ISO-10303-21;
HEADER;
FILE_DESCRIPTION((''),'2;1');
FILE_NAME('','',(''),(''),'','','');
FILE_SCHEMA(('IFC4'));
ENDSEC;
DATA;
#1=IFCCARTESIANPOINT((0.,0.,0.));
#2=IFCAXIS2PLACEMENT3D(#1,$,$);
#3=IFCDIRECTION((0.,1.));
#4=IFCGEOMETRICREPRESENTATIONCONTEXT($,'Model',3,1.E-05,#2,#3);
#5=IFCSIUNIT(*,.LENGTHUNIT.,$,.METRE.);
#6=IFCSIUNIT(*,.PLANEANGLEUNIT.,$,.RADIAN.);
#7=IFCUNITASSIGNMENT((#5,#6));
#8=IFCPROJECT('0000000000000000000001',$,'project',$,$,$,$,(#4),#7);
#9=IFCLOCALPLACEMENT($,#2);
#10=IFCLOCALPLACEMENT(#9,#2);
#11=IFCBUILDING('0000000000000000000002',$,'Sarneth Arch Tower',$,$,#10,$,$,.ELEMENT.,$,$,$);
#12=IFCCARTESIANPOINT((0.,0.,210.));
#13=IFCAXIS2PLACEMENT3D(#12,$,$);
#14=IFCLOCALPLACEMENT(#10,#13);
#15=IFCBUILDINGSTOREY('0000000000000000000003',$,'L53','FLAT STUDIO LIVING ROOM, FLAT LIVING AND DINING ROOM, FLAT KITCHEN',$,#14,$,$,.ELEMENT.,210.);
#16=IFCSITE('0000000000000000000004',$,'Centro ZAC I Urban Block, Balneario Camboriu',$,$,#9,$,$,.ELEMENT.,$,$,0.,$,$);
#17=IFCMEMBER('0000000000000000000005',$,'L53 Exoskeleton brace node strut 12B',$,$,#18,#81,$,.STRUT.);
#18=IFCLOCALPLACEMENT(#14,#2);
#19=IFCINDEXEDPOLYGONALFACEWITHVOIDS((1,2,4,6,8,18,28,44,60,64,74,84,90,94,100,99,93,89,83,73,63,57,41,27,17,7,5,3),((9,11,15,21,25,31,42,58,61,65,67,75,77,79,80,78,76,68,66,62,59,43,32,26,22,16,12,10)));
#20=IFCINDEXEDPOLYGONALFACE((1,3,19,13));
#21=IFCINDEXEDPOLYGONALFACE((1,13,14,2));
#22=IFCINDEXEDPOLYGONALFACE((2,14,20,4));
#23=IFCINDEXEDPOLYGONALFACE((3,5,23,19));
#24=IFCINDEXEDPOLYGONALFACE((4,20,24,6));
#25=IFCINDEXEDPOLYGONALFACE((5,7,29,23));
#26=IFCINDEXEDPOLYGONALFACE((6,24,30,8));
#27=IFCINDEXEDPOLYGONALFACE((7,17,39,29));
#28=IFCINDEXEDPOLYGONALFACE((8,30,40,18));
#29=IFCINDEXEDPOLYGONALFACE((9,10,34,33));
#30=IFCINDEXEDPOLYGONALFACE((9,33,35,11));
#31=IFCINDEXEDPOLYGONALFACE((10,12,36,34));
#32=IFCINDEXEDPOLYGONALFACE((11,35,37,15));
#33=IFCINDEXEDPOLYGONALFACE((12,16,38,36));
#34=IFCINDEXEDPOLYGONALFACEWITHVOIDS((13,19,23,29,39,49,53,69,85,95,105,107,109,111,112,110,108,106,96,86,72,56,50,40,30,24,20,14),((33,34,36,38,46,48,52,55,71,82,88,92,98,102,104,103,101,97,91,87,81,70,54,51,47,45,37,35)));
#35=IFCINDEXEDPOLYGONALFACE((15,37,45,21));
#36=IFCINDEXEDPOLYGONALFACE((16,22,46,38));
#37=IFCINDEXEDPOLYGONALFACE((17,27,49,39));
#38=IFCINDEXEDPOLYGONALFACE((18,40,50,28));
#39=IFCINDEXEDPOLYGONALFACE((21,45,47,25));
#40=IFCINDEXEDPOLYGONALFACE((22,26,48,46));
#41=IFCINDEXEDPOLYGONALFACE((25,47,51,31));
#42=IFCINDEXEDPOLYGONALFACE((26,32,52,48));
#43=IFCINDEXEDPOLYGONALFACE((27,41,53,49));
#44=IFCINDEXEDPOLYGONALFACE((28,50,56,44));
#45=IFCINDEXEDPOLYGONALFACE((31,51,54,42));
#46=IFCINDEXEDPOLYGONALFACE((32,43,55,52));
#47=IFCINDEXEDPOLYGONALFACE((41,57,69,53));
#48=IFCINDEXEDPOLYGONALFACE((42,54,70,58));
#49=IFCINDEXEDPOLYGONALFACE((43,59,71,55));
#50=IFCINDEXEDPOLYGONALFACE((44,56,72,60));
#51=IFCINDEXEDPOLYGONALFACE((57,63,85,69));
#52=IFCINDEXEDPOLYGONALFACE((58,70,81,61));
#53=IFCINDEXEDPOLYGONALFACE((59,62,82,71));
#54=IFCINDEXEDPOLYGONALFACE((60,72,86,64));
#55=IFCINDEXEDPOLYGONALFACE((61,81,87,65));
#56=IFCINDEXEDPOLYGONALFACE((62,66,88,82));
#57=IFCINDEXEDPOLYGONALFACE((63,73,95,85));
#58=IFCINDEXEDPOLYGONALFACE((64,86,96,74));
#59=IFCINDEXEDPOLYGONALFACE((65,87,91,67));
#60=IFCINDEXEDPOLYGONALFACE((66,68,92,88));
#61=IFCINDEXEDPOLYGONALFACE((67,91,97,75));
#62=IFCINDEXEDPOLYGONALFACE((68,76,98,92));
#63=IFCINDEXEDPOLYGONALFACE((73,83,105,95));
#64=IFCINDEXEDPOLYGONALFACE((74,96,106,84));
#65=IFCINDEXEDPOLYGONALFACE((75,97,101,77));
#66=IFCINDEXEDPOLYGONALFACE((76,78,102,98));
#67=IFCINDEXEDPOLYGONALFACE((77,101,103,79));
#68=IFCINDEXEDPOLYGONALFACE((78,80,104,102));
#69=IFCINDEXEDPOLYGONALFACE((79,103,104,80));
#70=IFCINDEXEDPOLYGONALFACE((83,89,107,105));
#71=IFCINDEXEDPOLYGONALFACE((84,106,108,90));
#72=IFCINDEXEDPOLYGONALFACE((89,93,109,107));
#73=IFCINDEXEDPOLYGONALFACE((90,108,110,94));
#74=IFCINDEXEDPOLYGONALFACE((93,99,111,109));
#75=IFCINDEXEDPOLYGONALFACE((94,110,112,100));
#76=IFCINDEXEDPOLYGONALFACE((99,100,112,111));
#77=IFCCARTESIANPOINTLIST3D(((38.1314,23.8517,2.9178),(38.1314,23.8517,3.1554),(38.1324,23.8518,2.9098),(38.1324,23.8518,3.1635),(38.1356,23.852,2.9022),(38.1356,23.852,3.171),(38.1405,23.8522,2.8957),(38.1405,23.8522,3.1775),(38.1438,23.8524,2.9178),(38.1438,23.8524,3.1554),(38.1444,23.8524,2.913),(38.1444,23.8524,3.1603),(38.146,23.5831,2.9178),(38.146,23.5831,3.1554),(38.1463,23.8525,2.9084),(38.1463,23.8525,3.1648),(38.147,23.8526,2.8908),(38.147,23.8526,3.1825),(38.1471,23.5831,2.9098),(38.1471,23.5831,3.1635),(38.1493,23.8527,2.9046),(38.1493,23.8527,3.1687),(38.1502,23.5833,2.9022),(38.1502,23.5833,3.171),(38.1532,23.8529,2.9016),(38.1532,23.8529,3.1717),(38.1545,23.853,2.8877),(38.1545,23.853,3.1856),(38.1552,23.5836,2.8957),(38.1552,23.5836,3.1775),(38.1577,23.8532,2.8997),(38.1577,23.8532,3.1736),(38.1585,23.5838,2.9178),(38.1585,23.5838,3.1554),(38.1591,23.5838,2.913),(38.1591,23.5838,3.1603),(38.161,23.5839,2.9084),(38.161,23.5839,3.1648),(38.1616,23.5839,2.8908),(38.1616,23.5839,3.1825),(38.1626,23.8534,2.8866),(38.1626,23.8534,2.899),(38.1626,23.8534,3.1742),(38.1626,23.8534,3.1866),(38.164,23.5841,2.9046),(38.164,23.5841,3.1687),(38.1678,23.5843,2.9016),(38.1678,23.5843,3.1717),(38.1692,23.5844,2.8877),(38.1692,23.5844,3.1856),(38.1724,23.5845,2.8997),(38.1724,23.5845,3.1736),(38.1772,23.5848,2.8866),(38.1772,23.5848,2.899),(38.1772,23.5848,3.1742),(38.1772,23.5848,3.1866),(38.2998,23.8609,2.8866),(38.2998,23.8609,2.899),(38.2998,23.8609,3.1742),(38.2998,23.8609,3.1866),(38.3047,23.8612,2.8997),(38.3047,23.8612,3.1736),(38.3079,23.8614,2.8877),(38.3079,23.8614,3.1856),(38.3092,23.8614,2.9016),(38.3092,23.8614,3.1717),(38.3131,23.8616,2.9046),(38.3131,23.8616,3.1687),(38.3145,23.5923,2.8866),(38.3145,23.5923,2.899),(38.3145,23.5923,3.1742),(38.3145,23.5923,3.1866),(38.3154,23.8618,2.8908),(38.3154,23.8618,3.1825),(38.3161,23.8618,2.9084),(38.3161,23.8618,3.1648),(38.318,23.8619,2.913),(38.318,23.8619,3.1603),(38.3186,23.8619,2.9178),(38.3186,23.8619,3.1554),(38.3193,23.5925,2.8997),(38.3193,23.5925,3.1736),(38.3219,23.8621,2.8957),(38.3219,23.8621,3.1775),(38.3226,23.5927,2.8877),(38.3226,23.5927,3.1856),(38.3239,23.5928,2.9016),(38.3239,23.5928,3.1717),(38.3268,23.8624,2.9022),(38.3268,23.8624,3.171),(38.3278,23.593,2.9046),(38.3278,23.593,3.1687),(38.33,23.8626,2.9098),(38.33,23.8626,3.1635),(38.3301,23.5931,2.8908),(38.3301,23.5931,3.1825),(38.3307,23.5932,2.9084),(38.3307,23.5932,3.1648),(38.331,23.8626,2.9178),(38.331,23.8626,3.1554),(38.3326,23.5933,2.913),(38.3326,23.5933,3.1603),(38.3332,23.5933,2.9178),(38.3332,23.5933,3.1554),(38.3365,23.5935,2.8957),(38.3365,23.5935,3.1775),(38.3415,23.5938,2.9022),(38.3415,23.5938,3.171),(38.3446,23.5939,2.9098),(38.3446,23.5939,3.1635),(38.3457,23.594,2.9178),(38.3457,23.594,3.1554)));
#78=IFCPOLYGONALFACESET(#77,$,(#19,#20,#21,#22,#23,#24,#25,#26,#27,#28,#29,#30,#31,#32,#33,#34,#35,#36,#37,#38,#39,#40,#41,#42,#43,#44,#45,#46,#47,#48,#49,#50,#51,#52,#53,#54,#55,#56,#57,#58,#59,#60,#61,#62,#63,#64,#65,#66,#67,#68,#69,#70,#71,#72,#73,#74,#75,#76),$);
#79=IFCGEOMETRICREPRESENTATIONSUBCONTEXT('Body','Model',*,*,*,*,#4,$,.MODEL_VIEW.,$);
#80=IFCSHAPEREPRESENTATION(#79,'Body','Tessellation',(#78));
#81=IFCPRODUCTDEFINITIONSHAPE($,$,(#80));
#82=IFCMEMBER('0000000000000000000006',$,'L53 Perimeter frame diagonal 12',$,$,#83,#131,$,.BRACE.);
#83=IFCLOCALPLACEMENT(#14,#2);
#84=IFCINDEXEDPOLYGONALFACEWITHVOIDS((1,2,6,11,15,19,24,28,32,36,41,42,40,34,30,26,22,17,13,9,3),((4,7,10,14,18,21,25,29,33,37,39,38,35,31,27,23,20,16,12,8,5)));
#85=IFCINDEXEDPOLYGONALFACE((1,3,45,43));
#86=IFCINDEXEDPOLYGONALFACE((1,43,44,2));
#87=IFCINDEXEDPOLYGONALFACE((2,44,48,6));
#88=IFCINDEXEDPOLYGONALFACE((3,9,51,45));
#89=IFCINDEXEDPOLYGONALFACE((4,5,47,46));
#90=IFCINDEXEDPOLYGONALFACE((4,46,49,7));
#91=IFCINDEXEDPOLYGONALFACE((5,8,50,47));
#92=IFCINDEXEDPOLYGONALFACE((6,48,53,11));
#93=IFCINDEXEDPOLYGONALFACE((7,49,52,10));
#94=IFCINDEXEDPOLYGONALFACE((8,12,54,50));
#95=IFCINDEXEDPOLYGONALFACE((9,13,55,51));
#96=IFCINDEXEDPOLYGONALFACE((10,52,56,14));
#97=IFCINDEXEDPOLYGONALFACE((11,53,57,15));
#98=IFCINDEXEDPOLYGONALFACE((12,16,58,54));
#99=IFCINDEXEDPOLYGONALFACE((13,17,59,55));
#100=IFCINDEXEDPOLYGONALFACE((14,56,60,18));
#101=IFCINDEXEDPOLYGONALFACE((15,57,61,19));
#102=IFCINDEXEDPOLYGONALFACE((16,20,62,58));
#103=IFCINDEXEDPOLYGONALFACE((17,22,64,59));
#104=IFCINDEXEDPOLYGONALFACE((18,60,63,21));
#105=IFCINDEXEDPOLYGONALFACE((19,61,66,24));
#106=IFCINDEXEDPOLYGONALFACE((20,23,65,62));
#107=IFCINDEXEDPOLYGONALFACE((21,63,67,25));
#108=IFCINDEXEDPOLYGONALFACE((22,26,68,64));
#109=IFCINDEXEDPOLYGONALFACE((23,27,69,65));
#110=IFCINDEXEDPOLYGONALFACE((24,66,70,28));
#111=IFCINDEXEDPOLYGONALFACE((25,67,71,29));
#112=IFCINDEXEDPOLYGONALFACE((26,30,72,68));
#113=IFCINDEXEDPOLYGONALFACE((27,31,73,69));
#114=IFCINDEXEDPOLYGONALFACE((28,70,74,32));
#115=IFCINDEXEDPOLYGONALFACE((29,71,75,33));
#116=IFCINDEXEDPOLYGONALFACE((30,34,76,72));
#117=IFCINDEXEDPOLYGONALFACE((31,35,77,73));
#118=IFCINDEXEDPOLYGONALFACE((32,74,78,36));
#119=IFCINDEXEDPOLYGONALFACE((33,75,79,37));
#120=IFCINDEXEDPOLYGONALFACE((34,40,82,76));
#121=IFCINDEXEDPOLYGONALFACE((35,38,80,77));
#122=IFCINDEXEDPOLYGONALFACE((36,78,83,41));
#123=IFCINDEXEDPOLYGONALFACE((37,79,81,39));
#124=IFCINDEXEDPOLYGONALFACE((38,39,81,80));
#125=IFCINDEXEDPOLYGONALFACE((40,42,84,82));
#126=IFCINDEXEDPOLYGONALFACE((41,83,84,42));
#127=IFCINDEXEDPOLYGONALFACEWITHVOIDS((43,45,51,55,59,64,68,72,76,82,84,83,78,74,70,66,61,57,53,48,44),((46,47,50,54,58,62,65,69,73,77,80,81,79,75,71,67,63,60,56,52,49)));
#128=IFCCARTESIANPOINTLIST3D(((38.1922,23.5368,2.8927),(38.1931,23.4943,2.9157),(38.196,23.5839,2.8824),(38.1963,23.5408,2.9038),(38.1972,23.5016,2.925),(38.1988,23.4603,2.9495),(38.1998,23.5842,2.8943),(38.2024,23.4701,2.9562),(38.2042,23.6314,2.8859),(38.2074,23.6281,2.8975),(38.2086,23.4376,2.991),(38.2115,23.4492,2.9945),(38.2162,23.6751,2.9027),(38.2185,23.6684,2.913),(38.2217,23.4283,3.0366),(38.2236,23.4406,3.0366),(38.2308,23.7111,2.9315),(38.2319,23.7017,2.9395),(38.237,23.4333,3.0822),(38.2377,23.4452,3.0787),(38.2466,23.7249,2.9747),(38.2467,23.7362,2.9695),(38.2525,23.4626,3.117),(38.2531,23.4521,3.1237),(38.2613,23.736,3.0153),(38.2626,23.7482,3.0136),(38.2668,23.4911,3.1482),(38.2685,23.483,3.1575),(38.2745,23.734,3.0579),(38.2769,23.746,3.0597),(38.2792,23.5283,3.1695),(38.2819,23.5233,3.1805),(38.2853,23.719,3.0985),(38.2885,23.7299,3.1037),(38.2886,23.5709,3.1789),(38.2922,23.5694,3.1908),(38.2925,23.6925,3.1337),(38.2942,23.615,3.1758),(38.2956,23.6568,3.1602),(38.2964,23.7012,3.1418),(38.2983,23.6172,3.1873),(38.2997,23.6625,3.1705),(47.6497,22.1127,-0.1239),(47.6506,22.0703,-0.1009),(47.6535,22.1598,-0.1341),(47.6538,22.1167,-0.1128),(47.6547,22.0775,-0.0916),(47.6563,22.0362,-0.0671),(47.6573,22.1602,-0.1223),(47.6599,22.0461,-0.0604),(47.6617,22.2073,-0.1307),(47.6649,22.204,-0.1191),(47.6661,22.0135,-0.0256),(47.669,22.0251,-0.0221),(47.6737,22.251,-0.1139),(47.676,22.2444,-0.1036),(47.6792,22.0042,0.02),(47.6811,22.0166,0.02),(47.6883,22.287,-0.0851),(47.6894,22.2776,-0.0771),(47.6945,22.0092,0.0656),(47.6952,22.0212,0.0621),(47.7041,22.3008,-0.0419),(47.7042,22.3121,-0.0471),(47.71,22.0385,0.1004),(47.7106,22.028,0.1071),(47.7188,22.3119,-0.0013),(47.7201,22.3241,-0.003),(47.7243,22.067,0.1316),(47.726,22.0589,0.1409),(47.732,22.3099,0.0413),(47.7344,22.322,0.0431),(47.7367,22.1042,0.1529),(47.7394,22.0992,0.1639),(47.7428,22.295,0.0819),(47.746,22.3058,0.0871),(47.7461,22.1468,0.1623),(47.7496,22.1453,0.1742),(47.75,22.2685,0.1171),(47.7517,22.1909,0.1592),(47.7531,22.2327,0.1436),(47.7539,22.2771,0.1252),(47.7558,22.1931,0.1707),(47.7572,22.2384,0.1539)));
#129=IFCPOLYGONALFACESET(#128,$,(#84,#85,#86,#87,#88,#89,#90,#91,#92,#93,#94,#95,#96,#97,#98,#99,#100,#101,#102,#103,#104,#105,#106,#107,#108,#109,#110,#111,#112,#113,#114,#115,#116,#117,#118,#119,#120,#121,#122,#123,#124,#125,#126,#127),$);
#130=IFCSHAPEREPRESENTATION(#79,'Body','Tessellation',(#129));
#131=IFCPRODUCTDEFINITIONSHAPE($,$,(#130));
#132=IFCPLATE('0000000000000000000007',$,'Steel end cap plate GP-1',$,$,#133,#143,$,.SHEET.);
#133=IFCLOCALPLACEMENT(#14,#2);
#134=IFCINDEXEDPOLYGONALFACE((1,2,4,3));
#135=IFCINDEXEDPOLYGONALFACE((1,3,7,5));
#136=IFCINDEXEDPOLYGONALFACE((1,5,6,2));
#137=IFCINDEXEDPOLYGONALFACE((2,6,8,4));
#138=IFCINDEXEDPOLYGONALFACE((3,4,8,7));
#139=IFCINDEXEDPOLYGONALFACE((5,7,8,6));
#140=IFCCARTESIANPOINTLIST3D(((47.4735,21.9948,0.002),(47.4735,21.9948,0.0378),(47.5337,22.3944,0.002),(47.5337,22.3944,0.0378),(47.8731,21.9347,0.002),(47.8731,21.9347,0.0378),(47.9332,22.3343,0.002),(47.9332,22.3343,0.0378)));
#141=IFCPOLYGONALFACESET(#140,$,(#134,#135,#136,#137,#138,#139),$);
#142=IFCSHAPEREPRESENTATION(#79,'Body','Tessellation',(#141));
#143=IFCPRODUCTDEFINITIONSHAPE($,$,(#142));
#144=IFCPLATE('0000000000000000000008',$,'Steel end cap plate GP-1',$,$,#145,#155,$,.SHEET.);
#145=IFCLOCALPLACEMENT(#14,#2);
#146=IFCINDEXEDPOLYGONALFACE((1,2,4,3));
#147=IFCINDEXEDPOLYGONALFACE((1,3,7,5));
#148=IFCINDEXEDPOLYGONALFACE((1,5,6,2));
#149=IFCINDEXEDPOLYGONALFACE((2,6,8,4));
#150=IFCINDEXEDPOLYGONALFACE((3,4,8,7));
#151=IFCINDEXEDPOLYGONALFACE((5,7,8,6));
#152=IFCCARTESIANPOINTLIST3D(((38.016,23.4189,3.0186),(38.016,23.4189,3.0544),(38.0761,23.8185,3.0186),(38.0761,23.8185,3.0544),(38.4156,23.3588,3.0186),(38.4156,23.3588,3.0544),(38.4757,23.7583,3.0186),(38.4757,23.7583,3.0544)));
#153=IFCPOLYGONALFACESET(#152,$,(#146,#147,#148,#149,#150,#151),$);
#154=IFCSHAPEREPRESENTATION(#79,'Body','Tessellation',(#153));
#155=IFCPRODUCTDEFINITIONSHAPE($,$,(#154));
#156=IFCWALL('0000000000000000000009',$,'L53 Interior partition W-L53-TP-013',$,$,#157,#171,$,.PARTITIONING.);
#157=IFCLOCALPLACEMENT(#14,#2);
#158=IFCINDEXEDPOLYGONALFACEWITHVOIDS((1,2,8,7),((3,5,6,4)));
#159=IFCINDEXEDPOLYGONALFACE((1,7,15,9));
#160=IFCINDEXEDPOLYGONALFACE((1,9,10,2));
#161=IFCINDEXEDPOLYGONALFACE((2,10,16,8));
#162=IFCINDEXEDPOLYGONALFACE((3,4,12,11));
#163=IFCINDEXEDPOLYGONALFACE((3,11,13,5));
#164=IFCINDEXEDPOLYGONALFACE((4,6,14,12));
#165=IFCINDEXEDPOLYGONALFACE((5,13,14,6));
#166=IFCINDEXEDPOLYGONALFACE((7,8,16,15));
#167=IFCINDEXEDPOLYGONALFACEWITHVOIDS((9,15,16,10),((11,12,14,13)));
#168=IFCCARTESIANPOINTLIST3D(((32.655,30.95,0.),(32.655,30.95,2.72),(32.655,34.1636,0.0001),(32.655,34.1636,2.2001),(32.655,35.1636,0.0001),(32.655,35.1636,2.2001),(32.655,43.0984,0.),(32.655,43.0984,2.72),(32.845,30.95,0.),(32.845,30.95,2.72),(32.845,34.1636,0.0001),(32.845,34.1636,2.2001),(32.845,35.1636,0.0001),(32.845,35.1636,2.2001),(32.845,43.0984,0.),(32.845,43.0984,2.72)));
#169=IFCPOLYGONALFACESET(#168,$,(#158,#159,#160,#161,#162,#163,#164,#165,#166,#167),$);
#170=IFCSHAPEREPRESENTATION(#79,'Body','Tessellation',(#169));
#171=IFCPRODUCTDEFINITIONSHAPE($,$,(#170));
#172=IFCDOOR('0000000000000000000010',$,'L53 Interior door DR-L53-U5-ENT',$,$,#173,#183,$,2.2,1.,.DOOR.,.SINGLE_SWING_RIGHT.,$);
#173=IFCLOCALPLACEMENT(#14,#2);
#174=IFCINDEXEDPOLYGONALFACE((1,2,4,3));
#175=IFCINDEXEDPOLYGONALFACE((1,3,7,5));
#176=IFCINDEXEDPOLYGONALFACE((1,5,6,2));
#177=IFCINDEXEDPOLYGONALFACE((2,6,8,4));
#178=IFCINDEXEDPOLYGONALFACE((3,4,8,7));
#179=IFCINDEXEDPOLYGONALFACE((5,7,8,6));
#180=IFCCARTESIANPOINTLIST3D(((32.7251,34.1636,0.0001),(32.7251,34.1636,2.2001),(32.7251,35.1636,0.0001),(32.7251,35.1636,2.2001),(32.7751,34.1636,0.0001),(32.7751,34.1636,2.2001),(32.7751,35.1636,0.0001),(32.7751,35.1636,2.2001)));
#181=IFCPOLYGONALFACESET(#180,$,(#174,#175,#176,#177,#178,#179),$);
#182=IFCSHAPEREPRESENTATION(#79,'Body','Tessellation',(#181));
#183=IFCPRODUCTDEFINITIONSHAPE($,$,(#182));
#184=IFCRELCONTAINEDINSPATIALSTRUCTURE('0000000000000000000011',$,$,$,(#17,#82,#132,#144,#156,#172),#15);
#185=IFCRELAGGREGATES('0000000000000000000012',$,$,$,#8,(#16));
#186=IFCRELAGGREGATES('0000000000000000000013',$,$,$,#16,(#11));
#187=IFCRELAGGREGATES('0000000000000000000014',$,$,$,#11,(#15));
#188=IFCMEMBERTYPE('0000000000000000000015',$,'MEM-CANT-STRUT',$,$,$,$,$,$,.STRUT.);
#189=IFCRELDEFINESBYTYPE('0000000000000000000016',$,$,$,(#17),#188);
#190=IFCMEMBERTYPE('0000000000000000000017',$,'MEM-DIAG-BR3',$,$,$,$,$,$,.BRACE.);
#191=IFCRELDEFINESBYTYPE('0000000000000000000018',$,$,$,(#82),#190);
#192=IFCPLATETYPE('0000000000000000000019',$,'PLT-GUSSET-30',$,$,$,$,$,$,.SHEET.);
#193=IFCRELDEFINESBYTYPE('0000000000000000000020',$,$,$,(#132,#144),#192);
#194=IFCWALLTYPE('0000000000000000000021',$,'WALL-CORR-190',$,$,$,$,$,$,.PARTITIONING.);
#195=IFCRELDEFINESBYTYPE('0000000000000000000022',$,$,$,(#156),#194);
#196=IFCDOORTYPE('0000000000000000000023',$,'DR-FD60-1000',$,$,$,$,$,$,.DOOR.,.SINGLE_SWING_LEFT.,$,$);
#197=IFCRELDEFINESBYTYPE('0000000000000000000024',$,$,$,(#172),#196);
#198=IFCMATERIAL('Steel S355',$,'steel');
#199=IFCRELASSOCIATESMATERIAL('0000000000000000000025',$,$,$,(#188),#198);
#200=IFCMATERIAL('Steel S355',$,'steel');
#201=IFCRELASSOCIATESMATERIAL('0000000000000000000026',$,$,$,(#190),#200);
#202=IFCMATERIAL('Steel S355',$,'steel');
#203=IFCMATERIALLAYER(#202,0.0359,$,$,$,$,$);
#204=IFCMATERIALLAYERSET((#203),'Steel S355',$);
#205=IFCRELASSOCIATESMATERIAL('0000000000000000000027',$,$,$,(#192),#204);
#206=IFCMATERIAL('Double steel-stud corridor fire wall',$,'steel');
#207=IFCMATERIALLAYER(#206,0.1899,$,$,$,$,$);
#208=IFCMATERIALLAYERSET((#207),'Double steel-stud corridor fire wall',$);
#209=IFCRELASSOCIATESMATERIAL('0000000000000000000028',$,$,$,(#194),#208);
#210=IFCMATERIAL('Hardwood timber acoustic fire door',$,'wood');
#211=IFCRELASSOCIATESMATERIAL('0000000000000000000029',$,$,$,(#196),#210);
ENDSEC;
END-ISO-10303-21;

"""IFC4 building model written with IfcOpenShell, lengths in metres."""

from ifc_helpers import new_model, si_unit, direction, frame, frame_2d, origin, origin_2d, place, context, subcontext, project, spatial, rectangle, hollow_rectangle, hollow_circle, extrude, material, layer, layer_set, material_profile, profile_set, type_object, element, fill, save


model = new_model("IFC4")

# Units and contexts
model_context = context("Model", 3, precision=1e-05, world=origin(), true_north=direction((0.0, 1.0)))
body_context = subcontext(model_context, "Body", "Model", "MODEL_VIEW")
ifc_project = project(units=[si_unit("LENGTHUNIT", "METRE"), si_unit("PLANEANGLEUNIT", "RADIAN")], contexts=[model_context])

# Site, building, storey
site_placement = place(None, origin())
site = spatial("IfcSite", under=ifc_project, at=site_placement, Name="Centro ZAC I Urban Block, Balneario Camboriu", CompositionType="ELEMENT", RefElevation=0.0)
building_placement = place(site_placement, origin())
building = spatial("IfcBuilding", under=site, at=building_placement, Name="Sarneth Arch Tower", CompositionType="ELEMENT")
storey_placement = place(building_placement, frame((0.0, 0.0, 210.0)))
storey = spatial("IfcBuildingStorey", under=building, at=storey_placement, Name="L53", Description="FLAT STUDIO LIVING ROOM, FLAT LIVING AND DINING ROOM, FLAT KITCHEN", CompositionType="ELEMENT", Elevation=210.0)

# Members
ifc_material_1 = material(Name="Steel S355", Category="steel")
ifc_material_profile_1 = material_profile(ifc_material_1, hollow_rectangle(XDim=0.2, YDim=0.3, WallThickness=0.0125, InnerFilletRadius=0.0188, OuterFilletRadius=0.0312, at=origin_2d()), Name="RHS300x200x12.5")
ifc_profile_set_1 = profile_set([ifc_material_profile_1], Name="Steel S355")
member_type_1 = type_object("IfcMemberType", Name="MEM-CANT-STRUT", PredefinedType="STRUT", material=ifc_profile_set_1)
member_1_placement = place(storey_placement, frame((38.2312, 23.8572, 3.0366), z_axis=(0.054464, -0.998516, 0.0), x_axis=(0.998516, 0.054464, 0.0)))
element("IfcMember", 1, at=member_1_placement, inside=storey, type_object=member_type_1, Name="L53 Exoskeleton brace node strut 12B", PredefinedType="STRUT", context=body_context, shape_type="SweptSolid", body=[
    extrude(hollow_rectangle(XDim=0.2, YDim=0.3, WallThickness=0.0125, InnerFilletRadius=0.0188, OuterFilletRadius=0.0312, at=origin_2d()), origin(), (0.0, 0.0, 1.0), 0.269),
])
ifc_material_2 = material(Name="Steel S355", Category="steel")
ifc_material_profile_2 = material_profile(ifc_material_2, hollow_circle(Radius=0.1621, WallThickness=0.0125, at=origin_2d()), Name="CHS324x12.5")
ifc_profile_set_2 = profile_set([ifc_material_profile_2], Name="Steel S355")
member_type_2 = type_object("IfcMemberType", Name="MEM-DIAG-BR3", PredefinedType="BRACE", material=ifc_profile_set_2)
member_2_placement = place(storey_placement, frame((47.7034, 22.1646, 0.02), z_axis=(-0.943056, 0.142001, 0.3008), x_axis=(-0.148897, -0.988853, 0.0)))
element("IfcMember", 2, at=member_2_placement, inside=storey, type_object=member_type_2, Name="L53 Perimeter frame diagonal 12", PredefinedType="BRACE", context=body_context, shape_type="SweptSolid", body=[
    extrude(hollow_circle(Radius=0.1621, WallThickness=0.0125, at=origin_2d()), origin(), (0.0, 0.0, 1.0), 10.0286),
])

# Plates
ifc_material_3 = material(Name="Steel S355", Category="steel")
ifc_layer_1 = layer(ifc_material_3, 0.0359)
ifc_layer_set_1 = layer_set([ifc_layer_1], Name="Steel S355")
plate_type = type_object("IfcPlateType", Name="PLT-GUSSET-30", PredefinedType="SHEET", material=ifc_layer_set_1)
for number, where, z_axis, x_axis, name in (
    (3, (47.7034, 22.1646, 0.002), (0.0, 0.0, 1.0), (0.988861, -0.148845, 0.0), "Steel end cap plate GP-1"),
    (4, (38.2458, 23.5886, 3.0186), (0.0, 0.0, 1.0), (0.988861, -0.148845, 0.0), "Steel end cap plate GP-1"),
):
    element("IfcPlate", number, at=place(storey_placement, frame(where, z_axis=z_axis, x_axis=x_axis)), inside=storey, type_object=plate_type, Name=name, PredefinedType="SHEET", context=body_context, shape_type="SweptSolid", body=[
        extrude(rectangle(XDim=0.4041, YDim=0.4041, at=origin_2d()), origin(), (0.0, 0.0, 1.0), 0.0359),
    ])

# Wall, opening, door
ifc_material_4 = material(Name="Double steel-stud corridor fire wall", Category="steel")
ifc_layer_2 = layer(ifc_material_4, 0.1899)
ifc_layer_set_2 = layer_set([ifc_layer_2], Name="Double steel-stud corridor fire wall")
wall_type_1 = type_object("IfcWallType", Name="WALL-CORR-190", PredefinedType="PARTITIONING", material=ifc_layer_set_2)
wall_1_placement = place(storey_placement, frame((32.75, 30.95, 0.0), z_axis=(0.0, 0.0, 1.0), x_axis=(0.0, 1.0, 0.0)))
wall_1 = element("IfcWall", 5, at=wall_1_placement, inside=storey, type_object=wall_type_1, Name="L53 Interior partition W-L53-TP-013", PredefinedType="PARTITIONING", context=body_context, shape_type="SweptSolid", body=[
    extrude(rectangle(XDim=12.1484, YDim=0.1899, at=frame_2d((6.0742, 0.0))), origin(), (0.0, 0.0, 1.0), 2.72),
])
opening_1_placement = place(wall_1_placement, frame((3.2136, 0.0, 0.0)))
opening_1 = element("IfcOpeningElement", 6, at=opening_1_placement, cuts=wall_1, PredefinedType="OPENING", context=body_context, shape_type="SweptSolid", body=[
    extrude(rectangle(XDim=1.0, YDim=2.2, at=frame_2d((0.5, 1.1001))), frame((0.0, 0.105, 0.0), z_axis=(0.0, -1.0, 0.0), x_axis=(1.0, 0.0, 0.0)), (0.0, 0.0, 1.0), 0.21),
])
ifc_material_5 = material(Name="Hardwood timber acoustic fire door", Category="wood")
door_type = type_object("IfcDoorType", Name="DR-FD60-1000", OperationType="SINGLE_SWING_LEFT", PredefinedType="DOOR", material=ifc_material_5)
door_placement = place(opening_1_placement, origin())
door = element("IfcDoor", 7, at=door_placement, inside=storey, type_object=door_type, Name="L53 Interior door DR-L53-U5-ENT", OperationType="SINGLE_SWING_RIGHT", OverallHeight=2.2, OverallWidth=1.0, PredefinedType="DOOR", context=body_context, shape_type="SweptSolid", body=[
    extrude(rectangle(XDim=1.0, YDim=2.2, at=frame_2d((0.5, 1.1001))), frame((0.0, 0.0249, 0.0), z_axis=(0.0, -1.0, 0.0), x_axis=(1.0, 0.0, 0.0)), (0.0, 0.0, 1.0), 0.05),
])
fill(opening_1, door)

save(model, "model.ifc")
